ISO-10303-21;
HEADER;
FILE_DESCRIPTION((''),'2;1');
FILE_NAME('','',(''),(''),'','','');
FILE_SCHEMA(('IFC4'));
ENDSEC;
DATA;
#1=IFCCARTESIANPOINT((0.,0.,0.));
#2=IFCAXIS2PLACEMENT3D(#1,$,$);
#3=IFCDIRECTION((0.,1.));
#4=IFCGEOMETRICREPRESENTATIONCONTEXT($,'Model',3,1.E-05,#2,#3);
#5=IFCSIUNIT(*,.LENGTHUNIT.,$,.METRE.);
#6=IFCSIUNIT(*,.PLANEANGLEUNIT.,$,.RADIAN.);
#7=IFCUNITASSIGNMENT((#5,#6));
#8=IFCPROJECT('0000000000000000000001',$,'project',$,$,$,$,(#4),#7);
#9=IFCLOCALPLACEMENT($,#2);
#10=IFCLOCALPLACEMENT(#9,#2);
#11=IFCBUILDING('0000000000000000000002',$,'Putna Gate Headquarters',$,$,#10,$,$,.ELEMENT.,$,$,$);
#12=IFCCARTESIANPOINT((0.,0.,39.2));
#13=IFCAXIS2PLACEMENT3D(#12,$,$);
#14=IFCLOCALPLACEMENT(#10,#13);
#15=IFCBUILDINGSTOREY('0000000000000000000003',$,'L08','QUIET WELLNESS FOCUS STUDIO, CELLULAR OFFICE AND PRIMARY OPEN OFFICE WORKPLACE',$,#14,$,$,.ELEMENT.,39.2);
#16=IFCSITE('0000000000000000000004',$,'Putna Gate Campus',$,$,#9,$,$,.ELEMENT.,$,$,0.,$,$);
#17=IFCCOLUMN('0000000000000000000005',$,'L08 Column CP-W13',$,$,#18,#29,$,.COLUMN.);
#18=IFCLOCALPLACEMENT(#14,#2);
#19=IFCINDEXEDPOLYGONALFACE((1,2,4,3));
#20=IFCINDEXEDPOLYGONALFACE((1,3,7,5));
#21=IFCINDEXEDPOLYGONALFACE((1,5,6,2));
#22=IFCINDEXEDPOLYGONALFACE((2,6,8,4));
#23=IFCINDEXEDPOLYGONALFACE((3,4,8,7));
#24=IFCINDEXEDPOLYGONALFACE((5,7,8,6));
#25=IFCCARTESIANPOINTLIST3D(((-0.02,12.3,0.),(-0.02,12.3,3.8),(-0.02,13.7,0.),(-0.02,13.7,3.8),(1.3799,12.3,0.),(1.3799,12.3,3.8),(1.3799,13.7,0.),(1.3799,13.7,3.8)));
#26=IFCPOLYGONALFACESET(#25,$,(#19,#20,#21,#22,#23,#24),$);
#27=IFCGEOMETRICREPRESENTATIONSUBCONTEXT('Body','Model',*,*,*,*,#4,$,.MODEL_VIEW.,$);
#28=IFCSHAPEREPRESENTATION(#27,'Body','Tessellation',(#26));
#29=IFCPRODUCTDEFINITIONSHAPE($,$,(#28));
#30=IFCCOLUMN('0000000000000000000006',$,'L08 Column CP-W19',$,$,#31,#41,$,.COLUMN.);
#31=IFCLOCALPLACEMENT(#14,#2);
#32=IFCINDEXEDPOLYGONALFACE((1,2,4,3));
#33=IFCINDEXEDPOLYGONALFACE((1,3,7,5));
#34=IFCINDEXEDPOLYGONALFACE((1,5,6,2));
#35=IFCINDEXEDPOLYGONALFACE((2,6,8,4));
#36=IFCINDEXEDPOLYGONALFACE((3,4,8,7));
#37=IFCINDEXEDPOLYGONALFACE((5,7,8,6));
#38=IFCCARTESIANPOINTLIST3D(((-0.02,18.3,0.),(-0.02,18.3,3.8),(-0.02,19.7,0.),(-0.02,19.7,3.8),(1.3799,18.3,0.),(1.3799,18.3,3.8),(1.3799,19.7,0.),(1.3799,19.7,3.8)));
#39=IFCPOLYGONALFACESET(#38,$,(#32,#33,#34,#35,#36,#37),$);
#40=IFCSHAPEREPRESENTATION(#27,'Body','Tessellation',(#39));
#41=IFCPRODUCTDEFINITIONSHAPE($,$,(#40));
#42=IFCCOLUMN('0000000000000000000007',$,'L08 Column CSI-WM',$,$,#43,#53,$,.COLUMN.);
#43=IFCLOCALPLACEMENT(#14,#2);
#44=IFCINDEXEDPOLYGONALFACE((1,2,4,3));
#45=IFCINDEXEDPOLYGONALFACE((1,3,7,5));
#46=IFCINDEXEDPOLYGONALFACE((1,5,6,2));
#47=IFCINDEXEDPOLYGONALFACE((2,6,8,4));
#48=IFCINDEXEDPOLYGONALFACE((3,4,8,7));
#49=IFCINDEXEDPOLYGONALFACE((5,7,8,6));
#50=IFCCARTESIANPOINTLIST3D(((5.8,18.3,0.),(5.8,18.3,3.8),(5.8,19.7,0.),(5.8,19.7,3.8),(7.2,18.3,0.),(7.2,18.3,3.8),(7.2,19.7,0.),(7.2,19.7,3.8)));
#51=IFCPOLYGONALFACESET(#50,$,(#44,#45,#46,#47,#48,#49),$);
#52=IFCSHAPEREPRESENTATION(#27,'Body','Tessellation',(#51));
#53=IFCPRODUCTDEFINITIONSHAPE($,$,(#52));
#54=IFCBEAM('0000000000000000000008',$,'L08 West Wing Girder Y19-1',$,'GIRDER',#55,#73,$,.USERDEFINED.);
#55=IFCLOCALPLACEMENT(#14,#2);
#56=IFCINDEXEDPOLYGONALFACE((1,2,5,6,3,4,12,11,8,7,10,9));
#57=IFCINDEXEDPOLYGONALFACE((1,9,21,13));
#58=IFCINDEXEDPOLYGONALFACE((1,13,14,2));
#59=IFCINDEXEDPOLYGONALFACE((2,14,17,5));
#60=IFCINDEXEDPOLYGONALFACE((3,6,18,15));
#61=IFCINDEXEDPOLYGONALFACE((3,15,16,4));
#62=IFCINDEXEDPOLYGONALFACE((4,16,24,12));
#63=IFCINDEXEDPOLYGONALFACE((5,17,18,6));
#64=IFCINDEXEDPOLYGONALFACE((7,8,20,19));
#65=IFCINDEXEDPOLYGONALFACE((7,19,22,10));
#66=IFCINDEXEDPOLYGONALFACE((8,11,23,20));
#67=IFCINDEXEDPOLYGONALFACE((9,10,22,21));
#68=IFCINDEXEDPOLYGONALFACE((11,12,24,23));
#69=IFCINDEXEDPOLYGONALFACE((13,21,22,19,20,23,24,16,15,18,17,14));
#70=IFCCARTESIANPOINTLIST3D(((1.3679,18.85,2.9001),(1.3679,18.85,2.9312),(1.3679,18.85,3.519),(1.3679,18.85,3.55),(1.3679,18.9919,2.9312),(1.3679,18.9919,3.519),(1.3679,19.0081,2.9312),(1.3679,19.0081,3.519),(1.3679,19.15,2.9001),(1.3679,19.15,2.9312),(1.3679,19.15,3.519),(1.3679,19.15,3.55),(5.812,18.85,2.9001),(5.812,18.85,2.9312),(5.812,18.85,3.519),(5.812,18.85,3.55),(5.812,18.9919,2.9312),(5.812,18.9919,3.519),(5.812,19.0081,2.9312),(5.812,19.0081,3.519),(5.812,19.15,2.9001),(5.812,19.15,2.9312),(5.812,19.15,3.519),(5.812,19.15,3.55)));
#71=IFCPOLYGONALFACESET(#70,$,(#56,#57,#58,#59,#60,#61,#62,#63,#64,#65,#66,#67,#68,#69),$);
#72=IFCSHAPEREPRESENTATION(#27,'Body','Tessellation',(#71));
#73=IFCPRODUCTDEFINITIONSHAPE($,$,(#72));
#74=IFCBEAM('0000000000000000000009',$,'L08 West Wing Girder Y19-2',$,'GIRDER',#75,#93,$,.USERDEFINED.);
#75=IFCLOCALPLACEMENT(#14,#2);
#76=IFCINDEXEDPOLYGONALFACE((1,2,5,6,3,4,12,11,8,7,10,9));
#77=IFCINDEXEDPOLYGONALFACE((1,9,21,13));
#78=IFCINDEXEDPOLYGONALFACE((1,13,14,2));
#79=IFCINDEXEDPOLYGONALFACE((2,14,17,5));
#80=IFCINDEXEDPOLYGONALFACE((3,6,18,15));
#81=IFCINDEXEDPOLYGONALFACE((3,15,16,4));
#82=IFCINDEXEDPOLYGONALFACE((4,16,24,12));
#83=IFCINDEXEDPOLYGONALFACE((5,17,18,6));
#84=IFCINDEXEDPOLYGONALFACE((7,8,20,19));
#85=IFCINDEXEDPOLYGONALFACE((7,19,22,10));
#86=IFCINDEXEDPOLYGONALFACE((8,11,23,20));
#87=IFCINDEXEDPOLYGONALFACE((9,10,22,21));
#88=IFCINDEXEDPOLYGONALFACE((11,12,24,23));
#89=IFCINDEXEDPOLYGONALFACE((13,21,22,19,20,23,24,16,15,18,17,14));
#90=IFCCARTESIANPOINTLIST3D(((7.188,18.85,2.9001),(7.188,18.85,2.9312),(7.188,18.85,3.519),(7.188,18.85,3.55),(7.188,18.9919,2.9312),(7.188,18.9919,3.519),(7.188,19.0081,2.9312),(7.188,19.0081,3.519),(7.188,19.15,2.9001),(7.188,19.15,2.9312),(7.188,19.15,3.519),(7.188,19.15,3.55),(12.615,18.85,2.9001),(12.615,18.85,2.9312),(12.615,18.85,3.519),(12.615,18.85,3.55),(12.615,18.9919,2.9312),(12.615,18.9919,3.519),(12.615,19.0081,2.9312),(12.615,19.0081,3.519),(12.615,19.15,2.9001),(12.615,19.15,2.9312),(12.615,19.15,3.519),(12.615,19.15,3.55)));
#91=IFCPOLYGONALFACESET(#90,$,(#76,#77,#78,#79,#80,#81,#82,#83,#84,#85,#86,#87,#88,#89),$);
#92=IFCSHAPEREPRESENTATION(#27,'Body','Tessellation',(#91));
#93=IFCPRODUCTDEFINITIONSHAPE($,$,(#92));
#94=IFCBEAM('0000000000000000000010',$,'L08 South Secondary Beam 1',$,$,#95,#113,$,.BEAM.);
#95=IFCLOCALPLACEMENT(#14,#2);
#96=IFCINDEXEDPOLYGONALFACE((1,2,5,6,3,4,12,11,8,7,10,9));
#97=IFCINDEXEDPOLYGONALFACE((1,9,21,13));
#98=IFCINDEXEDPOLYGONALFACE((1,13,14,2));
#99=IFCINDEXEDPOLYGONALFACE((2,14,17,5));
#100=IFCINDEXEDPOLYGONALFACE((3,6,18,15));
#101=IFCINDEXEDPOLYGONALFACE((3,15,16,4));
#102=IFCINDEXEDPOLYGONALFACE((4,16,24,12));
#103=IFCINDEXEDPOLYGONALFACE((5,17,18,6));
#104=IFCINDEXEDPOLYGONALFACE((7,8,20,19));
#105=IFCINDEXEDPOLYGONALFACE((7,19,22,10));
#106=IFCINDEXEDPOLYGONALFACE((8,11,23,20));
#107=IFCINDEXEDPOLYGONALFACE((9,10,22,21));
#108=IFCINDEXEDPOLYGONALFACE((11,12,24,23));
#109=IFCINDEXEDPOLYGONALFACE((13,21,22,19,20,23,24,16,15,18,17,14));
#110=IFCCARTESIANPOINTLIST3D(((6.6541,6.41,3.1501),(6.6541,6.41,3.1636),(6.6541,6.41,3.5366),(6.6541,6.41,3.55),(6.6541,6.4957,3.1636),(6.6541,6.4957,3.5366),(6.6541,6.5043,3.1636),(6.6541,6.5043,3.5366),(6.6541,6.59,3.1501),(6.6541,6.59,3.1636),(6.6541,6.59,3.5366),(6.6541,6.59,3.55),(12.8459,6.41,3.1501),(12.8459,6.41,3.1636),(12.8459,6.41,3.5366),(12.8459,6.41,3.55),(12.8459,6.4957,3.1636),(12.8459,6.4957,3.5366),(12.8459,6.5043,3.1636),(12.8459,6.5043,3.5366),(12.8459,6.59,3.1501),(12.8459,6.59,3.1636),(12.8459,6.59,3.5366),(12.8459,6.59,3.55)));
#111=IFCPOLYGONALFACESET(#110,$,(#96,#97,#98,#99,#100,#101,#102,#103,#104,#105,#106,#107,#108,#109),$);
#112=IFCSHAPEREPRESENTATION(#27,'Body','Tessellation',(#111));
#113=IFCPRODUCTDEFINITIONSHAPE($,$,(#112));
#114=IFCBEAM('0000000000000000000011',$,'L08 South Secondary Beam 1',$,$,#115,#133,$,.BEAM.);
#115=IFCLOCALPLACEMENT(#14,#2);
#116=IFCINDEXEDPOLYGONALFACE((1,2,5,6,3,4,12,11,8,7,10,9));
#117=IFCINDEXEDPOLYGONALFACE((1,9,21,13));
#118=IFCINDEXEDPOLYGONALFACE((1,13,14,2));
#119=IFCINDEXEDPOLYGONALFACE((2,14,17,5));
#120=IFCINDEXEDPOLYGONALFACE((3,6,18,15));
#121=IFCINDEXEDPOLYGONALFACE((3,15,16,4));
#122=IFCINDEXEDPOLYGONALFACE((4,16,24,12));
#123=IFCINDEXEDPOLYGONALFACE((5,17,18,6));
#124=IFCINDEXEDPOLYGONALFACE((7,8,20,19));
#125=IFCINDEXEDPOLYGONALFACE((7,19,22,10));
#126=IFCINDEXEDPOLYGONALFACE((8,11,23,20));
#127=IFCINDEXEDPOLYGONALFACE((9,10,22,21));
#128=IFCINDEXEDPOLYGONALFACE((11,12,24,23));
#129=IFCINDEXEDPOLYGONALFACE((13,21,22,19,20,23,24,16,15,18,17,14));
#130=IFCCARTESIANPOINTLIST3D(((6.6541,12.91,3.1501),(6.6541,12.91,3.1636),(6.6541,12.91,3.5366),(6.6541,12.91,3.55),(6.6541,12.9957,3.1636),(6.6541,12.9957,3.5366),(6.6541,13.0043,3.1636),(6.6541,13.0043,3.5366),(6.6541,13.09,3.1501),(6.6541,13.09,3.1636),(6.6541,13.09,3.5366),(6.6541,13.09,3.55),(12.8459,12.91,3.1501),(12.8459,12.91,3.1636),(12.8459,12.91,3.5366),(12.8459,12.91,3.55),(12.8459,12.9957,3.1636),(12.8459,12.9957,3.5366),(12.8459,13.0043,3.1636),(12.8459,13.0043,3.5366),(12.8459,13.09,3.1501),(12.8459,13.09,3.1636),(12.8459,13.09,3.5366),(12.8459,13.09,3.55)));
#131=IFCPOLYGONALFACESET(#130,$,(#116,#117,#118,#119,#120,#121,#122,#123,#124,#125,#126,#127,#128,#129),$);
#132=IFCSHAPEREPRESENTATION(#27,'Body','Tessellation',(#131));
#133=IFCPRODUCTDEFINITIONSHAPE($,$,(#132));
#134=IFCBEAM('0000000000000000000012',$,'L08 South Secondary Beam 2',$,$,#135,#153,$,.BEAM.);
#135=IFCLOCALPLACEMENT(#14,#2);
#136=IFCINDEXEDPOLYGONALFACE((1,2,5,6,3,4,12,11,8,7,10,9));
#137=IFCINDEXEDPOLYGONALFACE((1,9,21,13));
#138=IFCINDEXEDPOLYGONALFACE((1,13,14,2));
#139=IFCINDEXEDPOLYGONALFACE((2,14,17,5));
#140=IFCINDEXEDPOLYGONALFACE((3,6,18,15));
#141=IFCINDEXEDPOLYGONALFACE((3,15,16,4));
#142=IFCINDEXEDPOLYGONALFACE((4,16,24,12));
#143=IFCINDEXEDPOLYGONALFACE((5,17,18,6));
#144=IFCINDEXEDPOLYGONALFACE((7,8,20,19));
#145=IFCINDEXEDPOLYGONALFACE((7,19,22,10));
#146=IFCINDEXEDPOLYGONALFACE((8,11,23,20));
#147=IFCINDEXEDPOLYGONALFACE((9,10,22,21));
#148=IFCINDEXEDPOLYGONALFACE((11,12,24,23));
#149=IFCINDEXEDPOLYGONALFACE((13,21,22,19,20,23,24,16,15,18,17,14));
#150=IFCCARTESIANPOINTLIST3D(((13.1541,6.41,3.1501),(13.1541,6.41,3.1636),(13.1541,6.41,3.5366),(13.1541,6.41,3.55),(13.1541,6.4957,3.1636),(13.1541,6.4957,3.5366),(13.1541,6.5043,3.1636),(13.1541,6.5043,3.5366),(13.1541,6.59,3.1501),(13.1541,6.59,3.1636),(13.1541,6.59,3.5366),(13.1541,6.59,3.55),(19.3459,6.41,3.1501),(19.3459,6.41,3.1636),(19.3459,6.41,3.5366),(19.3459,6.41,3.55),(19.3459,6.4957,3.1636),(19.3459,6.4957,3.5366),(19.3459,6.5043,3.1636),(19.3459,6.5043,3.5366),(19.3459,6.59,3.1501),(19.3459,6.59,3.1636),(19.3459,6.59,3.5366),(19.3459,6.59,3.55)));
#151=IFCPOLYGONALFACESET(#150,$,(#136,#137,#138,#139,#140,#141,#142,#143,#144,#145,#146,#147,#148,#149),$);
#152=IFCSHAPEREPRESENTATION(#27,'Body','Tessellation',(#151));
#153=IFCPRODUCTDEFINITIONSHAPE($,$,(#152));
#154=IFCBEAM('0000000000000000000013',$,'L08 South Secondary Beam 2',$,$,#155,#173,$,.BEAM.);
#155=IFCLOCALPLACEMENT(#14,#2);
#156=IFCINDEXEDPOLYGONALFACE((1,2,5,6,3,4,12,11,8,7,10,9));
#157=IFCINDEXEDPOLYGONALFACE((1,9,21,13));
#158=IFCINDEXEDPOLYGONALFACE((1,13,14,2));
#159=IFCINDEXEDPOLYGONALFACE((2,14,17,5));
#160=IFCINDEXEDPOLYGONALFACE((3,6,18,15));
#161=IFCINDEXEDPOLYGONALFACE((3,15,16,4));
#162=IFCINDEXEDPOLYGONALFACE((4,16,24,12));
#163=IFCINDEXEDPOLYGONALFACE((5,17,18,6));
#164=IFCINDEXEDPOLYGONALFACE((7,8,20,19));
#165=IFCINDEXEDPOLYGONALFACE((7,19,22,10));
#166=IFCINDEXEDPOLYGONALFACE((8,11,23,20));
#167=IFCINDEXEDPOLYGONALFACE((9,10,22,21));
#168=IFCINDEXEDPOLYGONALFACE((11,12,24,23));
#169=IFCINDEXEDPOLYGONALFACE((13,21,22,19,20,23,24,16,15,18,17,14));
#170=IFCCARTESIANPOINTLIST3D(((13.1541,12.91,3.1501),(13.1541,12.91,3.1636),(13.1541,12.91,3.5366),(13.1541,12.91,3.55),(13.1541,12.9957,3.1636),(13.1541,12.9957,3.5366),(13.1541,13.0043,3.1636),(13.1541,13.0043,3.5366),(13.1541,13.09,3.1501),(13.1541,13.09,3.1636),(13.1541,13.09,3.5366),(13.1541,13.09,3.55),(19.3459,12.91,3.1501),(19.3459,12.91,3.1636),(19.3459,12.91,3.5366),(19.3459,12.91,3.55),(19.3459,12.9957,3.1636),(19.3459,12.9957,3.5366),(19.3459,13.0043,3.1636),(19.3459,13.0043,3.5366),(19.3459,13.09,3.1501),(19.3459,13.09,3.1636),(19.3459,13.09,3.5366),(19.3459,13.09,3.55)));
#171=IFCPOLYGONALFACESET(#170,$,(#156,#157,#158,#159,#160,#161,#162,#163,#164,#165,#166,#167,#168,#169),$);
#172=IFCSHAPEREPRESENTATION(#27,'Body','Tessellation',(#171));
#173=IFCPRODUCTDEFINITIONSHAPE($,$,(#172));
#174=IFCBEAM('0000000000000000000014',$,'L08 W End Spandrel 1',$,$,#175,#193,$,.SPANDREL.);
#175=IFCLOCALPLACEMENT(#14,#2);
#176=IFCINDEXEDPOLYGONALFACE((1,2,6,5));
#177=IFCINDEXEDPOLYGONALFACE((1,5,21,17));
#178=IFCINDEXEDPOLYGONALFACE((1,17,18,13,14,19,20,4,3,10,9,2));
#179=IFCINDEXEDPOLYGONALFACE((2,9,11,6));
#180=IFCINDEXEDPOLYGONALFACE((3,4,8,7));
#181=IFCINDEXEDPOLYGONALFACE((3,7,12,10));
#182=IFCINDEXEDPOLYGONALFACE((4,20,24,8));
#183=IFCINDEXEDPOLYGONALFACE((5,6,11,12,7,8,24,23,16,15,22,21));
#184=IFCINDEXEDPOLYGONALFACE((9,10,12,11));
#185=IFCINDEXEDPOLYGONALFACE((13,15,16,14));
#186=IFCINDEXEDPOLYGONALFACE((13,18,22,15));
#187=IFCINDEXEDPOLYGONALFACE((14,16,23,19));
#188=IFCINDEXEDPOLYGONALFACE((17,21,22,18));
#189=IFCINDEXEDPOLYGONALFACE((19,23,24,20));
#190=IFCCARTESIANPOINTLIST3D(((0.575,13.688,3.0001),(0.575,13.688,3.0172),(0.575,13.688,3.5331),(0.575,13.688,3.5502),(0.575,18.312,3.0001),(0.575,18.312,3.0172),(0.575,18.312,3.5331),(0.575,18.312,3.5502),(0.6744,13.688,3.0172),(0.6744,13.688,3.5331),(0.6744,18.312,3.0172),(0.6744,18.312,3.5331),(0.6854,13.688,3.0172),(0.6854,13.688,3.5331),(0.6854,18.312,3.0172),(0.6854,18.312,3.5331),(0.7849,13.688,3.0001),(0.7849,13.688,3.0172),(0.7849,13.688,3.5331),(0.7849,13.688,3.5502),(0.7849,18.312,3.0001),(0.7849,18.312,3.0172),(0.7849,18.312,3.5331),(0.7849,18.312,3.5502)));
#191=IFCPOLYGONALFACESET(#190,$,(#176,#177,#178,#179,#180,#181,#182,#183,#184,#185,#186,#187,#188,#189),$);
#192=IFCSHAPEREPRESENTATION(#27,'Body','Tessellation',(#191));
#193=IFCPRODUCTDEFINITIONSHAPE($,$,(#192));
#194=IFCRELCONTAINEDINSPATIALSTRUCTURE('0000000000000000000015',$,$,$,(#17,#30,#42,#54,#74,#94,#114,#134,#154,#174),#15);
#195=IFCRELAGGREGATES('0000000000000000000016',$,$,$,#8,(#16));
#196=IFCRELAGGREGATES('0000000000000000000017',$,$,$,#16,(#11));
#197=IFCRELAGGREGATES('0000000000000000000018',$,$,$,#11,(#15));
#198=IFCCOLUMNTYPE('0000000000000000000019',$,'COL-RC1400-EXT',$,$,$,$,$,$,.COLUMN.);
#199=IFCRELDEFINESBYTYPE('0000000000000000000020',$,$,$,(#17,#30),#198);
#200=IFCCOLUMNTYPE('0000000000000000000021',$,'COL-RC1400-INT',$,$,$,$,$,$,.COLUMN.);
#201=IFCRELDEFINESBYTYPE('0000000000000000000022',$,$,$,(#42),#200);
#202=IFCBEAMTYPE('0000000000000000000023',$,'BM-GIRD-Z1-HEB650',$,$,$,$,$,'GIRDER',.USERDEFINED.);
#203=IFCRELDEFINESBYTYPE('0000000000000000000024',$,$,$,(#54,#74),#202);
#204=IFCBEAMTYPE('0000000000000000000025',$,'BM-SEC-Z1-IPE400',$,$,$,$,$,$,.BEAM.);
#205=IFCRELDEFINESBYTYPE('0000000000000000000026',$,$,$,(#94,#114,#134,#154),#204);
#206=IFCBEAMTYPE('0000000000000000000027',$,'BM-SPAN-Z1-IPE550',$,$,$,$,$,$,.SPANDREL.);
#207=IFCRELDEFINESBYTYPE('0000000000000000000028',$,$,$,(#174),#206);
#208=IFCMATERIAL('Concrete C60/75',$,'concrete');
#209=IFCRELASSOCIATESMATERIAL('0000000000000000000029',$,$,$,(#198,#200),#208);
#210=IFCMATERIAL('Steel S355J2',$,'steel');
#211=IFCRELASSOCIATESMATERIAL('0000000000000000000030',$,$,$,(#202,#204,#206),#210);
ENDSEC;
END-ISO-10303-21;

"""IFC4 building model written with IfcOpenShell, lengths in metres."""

from ifc_helpers import new_model, si_unit, direction, frame, origin, origin_2d, place, context, subcontext, project, spatial, rectangle, i_section, extrude, material, material_profile, profile_set, type_object, element, save


model = new_model("IFC4")

# Units and contexts
model_context = context("Model", 3, precision=1e-05, world=origin(), true_north=direction((0.0, 1.0)))
body_context = subcontext(model_context, "Body", "Model", "MODEL_VIEW")
ifc_project = project(units=[si_unit("LENGTHUNIT", "METRE"), si_unit("PLANEANGLEUNIT", "RADIAN")], contexts=[model_context])

# Site, building, storey
site_placement = place(None, origin())
site = spatial("IfcSite", under=ifc_project, at=site_placement, Name="Putna Gate Campus", CompositionType="ELEMENT", RefElevation=0.0)
building_placement = place(site_placement, origin())
building = spatial("IfcBuilding", under=site, at=building_placement, Name="Putna Gate Headquarters", CompositionType="ELEMENT")
storey_placement = place(building_placement, frame((0.0, 0.0, 39.2)))
storey = spatial("IfcBuildingStorey", under=building, at=storey_placement, Name="L08", Description="QUIET WELLNESS FOCUS STUDIO, CELLULAR OFFICE AND PRIMARY OPEN OFFICE WORKPLACE", CompositionType="ELEMENT", Elevation=39.2)

# Columns
ifc_material_1 = material(Name="Concrete C60/75", Category="concrete")
ifc_material_profile_1 = material_profile(ifc_material_1, rectangle(XDim=1.3999, YDim=1.3999, at=origin_2d()), Name="Concrete C60/75")
ifc_profile_set_1 = profile_set([ifc_material_profile_1], Name="Concrete C60/75")
column_type_1 = type_object("IfcColumnType", Name="COL-RC1400-EXT", PredefinedType="COLUMN", material=ifc_profile_set_1)
for number, where, z_axis, x_axis, name in (
    (1, (0.6799, 13.0, 0.0), (0.0, 0.0, 1.0), (1.0, 0.0, 0.0), "L08 Column CP-W13"),
    (2, (0.6799, 19.0, 0.0), (0.0, 0.0, 1.0), (1.0, 0.0, 0.0), "L08 Column CP-W19"),
):
    element("IfcColumn", number, at=place(storey_placement, frame(where, z_axis=z_axis, x_axis=x_axis)), inside=storey, type_object=column_type_1, Name=name, PredefinedType="COLUMN", context=body_context, shape_type="SweptSolid", body=[
        extrude(rectangle(XDim=1.3999, YDim=1.3999, at=origin_2d()), origin(), (0.0, 0.0, 1.0), 3.8),
    ])
ifc_material_profile_2 = material_profile(ifc_material_1, rectangle(XDim=1.3999, YDim=1.3999, at=origin_2d()), Name="Concrete C60/75")
ifc_profile_set_2 = profile_set([ifc_material_profile_2], Name="Concrete C60/75")
column_type_2 = type_object("IfcColumnType", Name="COL-RC1400-INT", PredefinedType="COLUMN", material=ifc_profile_set_2)
column_placement = place(storey_placement, frame((6.5, 19.0, 0.0), z_axis=(0.0, 0.0, 1.0), x_axis=(1.0, 0.0, 0.0)))
element("IfcColumn", 3, at=column_placement, inside=storey, type_object=column_type_2, Name="L08 Column CSI-WM", PredefinedType="COLUMN", context=body_context, shape_type="SweptSolid", body=[
    extrude(rectangle(XDim=1.3999, YDim=1.3999, at=origin_2d()), origin(), (0.0, 0.0, 1.0), 3.8),
])

# Beams
ifc_material_2 = material(Name="Steel S355J2", Category="steel")
ifc_material_profile_3 = material_profile(ifc_material_2, i_section(OverallWidth=0.3, OverallDepth=0.6499, WebThickness=0.0161, FlangeThickness=0.031, at=origin_2d()), Name="Steel S355J2")
ifc_profile_set_3 = profile_set([ifc_material_profile_3], Name="Steel S355J2")
beam_type_1 = type_object("IfcBeamType", Name="BM-GIRD-Z1-HEB650", ElementType="GIRDER", PredefinedType="USERDEFINED", material=ifc_profile_set_3)
beam_1_placement = place(storey_placement, frame((1.3679, 19.0, 3.2251), z_axis=(1.0, 0.0, 0.0), x_axis=(0.0, 1.0, 0.0)))
element("IfcBeam", 4, at=beam_1_placement, inside=storey, type_object=beam_type_1, Name="L08 West Wing Girder Y19-1", ObjectType="GIRDER", PredefinedType="USERDEFINED", context=body_context, shape_type="SweptSolid", body=[
    extrude(i_section(OverallWidth=0.3, OverallDepth=0.6499, WebThickness=0.0161, FlangeThickness=0.031, at=origin_2d()), origin(), (0.0, 0.0, 1.0), 4.4441),
])
beam_2_placement = place(storey_placement, frame((7.188, 19.0, 3.2251), z_axis=(1.0, 0.0, 0.0), x_axis=(0.0, 1.0, 0.0)))
element("IfcBeam", 5, at=beam_2_placement, inside=storey, type_object=beam_type_1, Name="L08 West Wing Girder Y19-2", ObjectType="GIRDER", PredefinedType="USERDEFINED", context=body_context, shape_type="SweptSolid", body=[
    extrude(i_section(OverallWidth=0.3, OverallDepth=0.6499, WebThickness=0.0161, FlangeThickness=0.031, at=origin_2d()), origin(), (0.0, 0.0, 1.0), 5.427),
])
ifc_material_profile_4 = material_profile(ifc_material_2, i_section(OverallWidth=0.1799, OverallDepth=0.3999, WebThickness=0.0085, FlangeThickness=0.0134, at=origin_2d()), Name="Steel S355J2")
ifc_profile_set_4 = profile_set([ifc_material_profile_4], Name="Steel S355J2")
beam_type_2 = type_object("IfcBeamType", Name="BM-SEC-Z1-IPE400", PredefinedType="BEAM", material=ifc_profile_set_4)
for number, where, z_axis, x_axis, name in (
    (6, (6.6541, 6.5, 3.3501), (1.0, 0.0, 0.0), (0.0, 1.0, 0.0), "L08 South Secondary Beam 1"),
    (7, (6.6541, 13.0, 3.3501), (1.0, 0.0, 0.0), (0.0, 1.0, 0.0), "L08 South Secondary Beam 1"),
    (8, (13.1541, 6.5, 3.3501), (1.0, 0.0, 0.0), (0.0, 1.0, 0.0), "L08 South Secondary Beam 2"),
    (9, (13.1541, 13.0, 3.3501), (1.0, 0.0, 0.0), (0.0, 1.0, 0.0), "L08 South Secondary Beam 2"),
):
    element("IfcBeam", number, at=place(storey_placement, frame(where, z_axis=z_axis, x_axis=x_axis)), inside=storey, type_object=beam_type_2, Name=name, PredefinedType="BEAM", context=body_context, shape_type="SweptSolid", body=[
        extrude(i_section(OverallWidth=0.1799, OverallDepth=0.3999, WebThickness=0.0085, FlangeThickness=0.0134, at=origin_2d()), origin(), (0.0, 0.0, 1.0), 6.1919),
    ])
ifc_material_profile_5 = material_profile(ifc_material_2, i_section(OverallWidth=0.21, OverallDepth=0.55, WebThickness=0.011, FlangeThickness=0.0171, at=origin_2d()), Name="Steel S355J2")
ifc_profile_set_5 = profile_set([ifc_material_profile_5], Name="Steel S355J2")
beam_type_3 = type_object("IfcBeamType", Name="BM-SPAN-Z1-IPE550", PredefinedType="SPANDREL", material=ifc_profile_set_5)
beam_3_placement = place(storey_placement, frame((0.6799, 13.688, 3.2751), z_axis=(0.0, 1.0, 0.0), x_axis=(-1.0, 0.0, 0.0)))
element("IfcBeam", 10, at=beam_3_placement, inside=storey, type_object=beam_type_3, Name="L08 W End Spandrel 1", PredefinedType="SPANDREL", context=body_context, shape_type="SweptSolid", body=[
    extrude(i_section(OverallWidth=0.21, OverallDepth=0.55, WebThickness=0.011, FlangeThickness=0.0171, at=origin_2d()), origin(), (0.0, 0.0, 1.0), 4.624),
])

save(model, "model.ifc")
